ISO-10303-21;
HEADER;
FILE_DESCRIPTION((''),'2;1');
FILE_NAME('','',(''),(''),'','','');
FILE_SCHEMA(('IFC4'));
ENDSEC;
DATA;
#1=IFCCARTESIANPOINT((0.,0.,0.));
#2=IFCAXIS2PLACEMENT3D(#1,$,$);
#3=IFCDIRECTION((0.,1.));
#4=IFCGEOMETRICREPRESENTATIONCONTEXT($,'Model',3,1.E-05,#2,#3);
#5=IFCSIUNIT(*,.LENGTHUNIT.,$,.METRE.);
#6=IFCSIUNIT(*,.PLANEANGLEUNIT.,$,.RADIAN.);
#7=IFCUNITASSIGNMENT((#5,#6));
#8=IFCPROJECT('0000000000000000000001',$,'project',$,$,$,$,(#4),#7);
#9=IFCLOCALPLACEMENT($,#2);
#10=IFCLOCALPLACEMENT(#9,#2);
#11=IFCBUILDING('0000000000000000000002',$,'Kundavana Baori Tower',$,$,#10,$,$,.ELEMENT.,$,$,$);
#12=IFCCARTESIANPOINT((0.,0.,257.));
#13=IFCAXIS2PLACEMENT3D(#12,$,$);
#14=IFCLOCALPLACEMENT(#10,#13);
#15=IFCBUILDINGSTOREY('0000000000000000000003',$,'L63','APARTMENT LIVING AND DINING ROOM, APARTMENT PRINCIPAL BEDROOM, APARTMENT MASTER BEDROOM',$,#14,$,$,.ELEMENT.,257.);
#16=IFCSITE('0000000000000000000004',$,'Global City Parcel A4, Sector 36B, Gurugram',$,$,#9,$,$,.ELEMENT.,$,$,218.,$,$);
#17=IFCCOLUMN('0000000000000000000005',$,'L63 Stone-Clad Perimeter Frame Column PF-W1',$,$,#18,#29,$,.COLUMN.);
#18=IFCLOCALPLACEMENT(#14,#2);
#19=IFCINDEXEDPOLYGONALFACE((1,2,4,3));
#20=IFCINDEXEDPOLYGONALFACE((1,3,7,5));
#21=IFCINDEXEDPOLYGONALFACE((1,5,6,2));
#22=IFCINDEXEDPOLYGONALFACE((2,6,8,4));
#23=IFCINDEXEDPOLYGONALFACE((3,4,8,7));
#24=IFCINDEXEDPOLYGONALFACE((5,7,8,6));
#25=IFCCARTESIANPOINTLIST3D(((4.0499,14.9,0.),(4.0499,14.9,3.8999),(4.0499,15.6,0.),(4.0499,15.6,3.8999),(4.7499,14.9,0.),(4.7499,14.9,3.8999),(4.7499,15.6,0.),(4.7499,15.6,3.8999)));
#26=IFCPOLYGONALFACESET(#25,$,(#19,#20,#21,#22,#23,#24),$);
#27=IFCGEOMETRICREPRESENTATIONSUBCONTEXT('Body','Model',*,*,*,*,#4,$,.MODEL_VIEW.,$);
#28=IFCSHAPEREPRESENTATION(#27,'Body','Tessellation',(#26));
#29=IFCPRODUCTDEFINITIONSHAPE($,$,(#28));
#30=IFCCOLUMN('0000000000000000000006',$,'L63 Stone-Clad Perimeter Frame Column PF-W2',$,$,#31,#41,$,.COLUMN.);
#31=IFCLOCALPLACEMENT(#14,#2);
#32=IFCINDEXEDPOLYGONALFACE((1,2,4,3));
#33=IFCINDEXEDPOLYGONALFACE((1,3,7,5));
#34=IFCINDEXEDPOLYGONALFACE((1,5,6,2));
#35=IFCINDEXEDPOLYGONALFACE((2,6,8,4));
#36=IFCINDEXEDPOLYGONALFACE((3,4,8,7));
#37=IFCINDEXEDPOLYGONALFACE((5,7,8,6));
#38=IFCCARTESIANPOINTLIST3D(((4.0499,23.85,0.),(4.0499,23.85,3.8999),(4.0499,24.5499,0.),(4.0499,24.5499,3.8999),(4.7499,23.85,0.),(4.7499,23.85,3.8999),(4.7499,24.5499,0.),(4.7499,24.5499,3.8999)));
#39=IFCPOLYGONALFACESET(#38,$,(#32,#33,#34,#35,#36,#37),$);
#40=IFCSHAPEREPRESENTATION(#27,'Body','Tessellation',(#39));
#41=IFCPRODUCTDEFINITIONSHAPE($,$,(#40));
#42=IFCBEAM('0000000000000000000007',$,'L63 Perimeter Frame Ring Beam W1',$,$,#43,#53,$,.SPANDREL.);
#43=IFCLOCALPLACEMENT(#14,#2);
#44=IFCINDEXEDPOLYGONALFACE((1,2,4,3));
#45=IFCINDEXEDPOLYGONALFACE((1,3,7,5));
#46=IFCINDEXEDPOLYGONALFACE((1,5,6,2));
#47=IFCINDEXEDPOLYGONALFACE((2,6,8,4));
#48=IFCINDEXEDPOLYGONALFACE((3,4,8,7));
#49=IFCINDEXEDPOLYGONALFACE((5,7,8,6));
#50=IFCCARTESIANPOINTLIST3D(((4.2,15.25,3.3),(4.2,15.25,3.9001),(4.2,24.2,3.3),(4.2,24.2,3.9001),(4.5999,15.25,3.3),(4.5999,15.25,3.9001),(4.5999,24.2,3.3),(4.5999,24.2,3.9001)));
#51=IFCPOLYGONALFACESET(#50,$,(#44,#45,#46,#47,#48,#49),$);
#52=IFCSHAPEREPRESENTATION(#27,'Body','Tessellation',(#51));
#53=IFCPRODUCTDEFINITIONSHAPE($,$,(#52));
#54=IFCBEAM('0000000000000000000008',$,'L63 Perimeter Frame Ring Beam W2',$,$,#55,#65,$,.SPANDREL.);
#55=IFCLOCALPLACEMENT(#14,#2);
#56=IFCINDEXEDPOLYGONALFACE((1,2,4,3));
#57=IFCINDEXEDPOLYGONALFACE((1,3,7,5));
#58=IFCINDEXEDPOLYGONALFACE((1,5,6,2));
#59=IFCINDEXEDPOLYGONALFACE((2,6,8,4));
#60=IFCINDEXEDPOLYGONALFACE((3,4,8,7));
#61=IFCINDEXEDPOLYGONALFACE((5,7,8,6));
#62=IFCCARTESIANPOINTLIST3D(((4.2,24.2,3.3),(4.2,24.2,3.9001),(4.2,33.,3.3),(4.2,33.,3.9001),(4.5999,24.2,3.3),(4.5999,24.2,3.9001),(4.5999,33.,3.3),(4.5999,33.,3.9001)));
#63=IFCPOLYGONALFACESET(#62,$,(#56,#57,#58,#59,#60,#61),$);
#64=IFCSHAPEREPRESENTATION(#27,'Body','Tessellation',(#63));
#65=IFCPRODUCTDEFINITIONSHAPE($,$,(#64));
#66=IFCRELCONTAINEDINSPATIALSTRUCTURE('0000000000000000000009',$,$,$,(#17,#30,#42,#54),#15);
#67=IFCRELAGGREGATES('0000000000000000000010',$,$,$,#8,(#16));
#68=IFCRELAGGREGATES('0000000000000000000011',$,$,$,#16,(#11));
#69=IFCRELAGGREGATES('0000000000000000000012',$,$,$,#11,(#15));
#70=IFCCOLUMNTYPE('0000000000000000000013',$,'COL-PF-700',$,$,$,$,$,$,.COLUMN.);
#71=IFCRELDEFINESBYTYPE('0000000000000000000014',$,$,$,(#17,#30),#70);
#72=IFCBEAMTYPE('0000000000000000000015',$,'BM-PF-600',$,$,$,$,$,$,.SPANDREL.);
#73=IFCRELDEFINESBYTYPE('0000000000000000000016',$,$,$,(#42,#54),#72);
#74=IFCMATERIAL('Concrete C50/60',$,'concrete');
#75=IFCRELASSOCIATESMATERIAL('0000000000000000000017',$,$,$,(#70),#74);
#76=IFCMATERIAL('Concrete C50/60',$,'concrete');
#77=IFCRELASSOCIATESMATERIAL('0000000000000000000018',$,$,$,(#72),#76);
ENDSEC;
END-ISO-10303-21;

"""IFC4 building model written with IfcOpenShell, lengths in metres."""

from ifc_helpers import new_model, si_unit, direction, frame, origin, origin_2d, place, context, subcontext, project, spatial, rectangle, extrude, material, material_profile, profile_set, type_object, element, save


model = new_model("IFC4")

# Units and contexts
model_context = context("Model", 3, precision=1e-05, world=origin(), true_north=direction((0.0, 1.0)))
body_context = subcontext(model_context, "Body", "Model", "MODEL_VIEW")
ifc_project = project(units=[si_unit("LENGTHUNIT", "METRE"), si_unit("PLANEANGLEUNIT", "RADIAN")], contexts=[model_context])

# Site, building, storey
site_placement = place(None, origin())
site = spatial("IfcSite", under=ifc_project, at=site_placement, Name="Global City Parcel A4, Sector 36B, Gurugram", CompositionType="ELEMENT", RefElevation=218.0)
building_placement = place(site_placement, origin())
building = spatial("IfcBuilding", under=site, at=building_placement, Name="Kundavana Baori Tower", CompositionType="ELEMENT")
storey_placement = place(building_placement, frame((0.0, 0.0, 257.0)))
storey = spatial("IfcBuildingStorey", under=building, at=storey_placement, Name="L63", Description="APARTMENT LIVING AND DINING ROOM, APARTMENT PRINCIPAL BEDROOM, APARTMENT MASTER BEDROOM", CompositionType="ELEMENT", Elevation=257.0)

# Columns
ifc_material_1 = material(Name="Concrete C50/60", Category="concrete")
ifc_material_profile_1 = material_profile(ifc_material_1, rectangle(XDim=0.7, YDim=0.7, at=origin_2d()), Name="RC PF 700x700")
ifc_profile_set_1 = profile_set([ifc_material_profile_1], Name="Concrete C50/60")
column_type = type_object("IfcColumnType", Name="COL-PF-700", PredefinedType="COLUMN", material=ifc_profile_set_1)
for number, where, z_axis, x_axis, name in (
    (1, (4.3999, 15.25, 0.0), (0.0, 0.0, 1.0), (1.0, 0.0, 0.0), "L63 Stone-Clad Perimeter Frame Column PF-W1"),
    (2, (4.3999, 24.2, 0.0), (0.0, 0.0, 1.0), (1.0, 0.0, 0.0), "L63 Stone-Clad Perimeter Frame Column PF-W2"),
):
    element("IfcColumn", number, at=place(storey_placement, frame(where, z_axis=z_axis, x_axis=x_axis)), inside=storey, type_object=column_type, Name=name, PredefinedType="COLUMN", context=body_context, shape_type="SweptSolid", body=[
        extrude(rectangle(XDim=0.7, YDim=0.7, at=origin_2d()), origin(), (0.0, 0.0, 1.0), 3.8999),
    ])

# Beams
ifc_material_2 = material(Name="Concrete C50/60", Category="concrete")
ifc_material_profile_2 = material_profile(ifc_material_2, rectangle(XDim=0.3999, YDim=0.6001, at=origin_2d()), Name="RC BM 400x600")
ifc_profile_set_2 = profile_set([ifc_material_profile_2], Name="Concrete C50/60")
beam_type = type_object("IfcBeamType", Name="BM-PF-600", PredefinedType="SPANDREL", material=ifc_profile_set_2)
beam_1_placement = place(storey_placement, frame((4.3999, 15.25, 3.6001), z_axis=(0.0, 1.0, 0.0), x_axis=(-1.0, 0.0, 0.0)))
element("IfcBeam", 3, at=beam_1_placement, inside=storey, type_object=beam_type, Name="L63 Perimeter Frame Ring Beam W1", PredefinedType="SPANDREL", context=body_context, shape_type="SweptSolid", body=[
    extrude(rectangle(XDim=0.3999, YDim=0.6001, at=origin_2d()), origin(), (0.0, 0.0, 1.0), 8.95),
])
beam_2_placement = place(storey_placement, frame((4.3999, 24.2, 3.6001), z_axis=(0.0, 1.0, 0.0), x_axis=(-1.0, 0.0, 0.0)))
element("IfcBeam", 4, at=beam_2_placement, inside=storey, type_object=beam_type, Name="L63 Perimeter Frame Ring Beam W2", PredefinedType="SPANDREL", context=body_context, shape_type="SweptSolid", body=[
    extrude(rectangle(XDim=0.3999, YDim=0.6001, at=origin_2d()), origin(), (0.0, 0.0, 1.0), 8.8),
])

save(model, "model.ifc")
